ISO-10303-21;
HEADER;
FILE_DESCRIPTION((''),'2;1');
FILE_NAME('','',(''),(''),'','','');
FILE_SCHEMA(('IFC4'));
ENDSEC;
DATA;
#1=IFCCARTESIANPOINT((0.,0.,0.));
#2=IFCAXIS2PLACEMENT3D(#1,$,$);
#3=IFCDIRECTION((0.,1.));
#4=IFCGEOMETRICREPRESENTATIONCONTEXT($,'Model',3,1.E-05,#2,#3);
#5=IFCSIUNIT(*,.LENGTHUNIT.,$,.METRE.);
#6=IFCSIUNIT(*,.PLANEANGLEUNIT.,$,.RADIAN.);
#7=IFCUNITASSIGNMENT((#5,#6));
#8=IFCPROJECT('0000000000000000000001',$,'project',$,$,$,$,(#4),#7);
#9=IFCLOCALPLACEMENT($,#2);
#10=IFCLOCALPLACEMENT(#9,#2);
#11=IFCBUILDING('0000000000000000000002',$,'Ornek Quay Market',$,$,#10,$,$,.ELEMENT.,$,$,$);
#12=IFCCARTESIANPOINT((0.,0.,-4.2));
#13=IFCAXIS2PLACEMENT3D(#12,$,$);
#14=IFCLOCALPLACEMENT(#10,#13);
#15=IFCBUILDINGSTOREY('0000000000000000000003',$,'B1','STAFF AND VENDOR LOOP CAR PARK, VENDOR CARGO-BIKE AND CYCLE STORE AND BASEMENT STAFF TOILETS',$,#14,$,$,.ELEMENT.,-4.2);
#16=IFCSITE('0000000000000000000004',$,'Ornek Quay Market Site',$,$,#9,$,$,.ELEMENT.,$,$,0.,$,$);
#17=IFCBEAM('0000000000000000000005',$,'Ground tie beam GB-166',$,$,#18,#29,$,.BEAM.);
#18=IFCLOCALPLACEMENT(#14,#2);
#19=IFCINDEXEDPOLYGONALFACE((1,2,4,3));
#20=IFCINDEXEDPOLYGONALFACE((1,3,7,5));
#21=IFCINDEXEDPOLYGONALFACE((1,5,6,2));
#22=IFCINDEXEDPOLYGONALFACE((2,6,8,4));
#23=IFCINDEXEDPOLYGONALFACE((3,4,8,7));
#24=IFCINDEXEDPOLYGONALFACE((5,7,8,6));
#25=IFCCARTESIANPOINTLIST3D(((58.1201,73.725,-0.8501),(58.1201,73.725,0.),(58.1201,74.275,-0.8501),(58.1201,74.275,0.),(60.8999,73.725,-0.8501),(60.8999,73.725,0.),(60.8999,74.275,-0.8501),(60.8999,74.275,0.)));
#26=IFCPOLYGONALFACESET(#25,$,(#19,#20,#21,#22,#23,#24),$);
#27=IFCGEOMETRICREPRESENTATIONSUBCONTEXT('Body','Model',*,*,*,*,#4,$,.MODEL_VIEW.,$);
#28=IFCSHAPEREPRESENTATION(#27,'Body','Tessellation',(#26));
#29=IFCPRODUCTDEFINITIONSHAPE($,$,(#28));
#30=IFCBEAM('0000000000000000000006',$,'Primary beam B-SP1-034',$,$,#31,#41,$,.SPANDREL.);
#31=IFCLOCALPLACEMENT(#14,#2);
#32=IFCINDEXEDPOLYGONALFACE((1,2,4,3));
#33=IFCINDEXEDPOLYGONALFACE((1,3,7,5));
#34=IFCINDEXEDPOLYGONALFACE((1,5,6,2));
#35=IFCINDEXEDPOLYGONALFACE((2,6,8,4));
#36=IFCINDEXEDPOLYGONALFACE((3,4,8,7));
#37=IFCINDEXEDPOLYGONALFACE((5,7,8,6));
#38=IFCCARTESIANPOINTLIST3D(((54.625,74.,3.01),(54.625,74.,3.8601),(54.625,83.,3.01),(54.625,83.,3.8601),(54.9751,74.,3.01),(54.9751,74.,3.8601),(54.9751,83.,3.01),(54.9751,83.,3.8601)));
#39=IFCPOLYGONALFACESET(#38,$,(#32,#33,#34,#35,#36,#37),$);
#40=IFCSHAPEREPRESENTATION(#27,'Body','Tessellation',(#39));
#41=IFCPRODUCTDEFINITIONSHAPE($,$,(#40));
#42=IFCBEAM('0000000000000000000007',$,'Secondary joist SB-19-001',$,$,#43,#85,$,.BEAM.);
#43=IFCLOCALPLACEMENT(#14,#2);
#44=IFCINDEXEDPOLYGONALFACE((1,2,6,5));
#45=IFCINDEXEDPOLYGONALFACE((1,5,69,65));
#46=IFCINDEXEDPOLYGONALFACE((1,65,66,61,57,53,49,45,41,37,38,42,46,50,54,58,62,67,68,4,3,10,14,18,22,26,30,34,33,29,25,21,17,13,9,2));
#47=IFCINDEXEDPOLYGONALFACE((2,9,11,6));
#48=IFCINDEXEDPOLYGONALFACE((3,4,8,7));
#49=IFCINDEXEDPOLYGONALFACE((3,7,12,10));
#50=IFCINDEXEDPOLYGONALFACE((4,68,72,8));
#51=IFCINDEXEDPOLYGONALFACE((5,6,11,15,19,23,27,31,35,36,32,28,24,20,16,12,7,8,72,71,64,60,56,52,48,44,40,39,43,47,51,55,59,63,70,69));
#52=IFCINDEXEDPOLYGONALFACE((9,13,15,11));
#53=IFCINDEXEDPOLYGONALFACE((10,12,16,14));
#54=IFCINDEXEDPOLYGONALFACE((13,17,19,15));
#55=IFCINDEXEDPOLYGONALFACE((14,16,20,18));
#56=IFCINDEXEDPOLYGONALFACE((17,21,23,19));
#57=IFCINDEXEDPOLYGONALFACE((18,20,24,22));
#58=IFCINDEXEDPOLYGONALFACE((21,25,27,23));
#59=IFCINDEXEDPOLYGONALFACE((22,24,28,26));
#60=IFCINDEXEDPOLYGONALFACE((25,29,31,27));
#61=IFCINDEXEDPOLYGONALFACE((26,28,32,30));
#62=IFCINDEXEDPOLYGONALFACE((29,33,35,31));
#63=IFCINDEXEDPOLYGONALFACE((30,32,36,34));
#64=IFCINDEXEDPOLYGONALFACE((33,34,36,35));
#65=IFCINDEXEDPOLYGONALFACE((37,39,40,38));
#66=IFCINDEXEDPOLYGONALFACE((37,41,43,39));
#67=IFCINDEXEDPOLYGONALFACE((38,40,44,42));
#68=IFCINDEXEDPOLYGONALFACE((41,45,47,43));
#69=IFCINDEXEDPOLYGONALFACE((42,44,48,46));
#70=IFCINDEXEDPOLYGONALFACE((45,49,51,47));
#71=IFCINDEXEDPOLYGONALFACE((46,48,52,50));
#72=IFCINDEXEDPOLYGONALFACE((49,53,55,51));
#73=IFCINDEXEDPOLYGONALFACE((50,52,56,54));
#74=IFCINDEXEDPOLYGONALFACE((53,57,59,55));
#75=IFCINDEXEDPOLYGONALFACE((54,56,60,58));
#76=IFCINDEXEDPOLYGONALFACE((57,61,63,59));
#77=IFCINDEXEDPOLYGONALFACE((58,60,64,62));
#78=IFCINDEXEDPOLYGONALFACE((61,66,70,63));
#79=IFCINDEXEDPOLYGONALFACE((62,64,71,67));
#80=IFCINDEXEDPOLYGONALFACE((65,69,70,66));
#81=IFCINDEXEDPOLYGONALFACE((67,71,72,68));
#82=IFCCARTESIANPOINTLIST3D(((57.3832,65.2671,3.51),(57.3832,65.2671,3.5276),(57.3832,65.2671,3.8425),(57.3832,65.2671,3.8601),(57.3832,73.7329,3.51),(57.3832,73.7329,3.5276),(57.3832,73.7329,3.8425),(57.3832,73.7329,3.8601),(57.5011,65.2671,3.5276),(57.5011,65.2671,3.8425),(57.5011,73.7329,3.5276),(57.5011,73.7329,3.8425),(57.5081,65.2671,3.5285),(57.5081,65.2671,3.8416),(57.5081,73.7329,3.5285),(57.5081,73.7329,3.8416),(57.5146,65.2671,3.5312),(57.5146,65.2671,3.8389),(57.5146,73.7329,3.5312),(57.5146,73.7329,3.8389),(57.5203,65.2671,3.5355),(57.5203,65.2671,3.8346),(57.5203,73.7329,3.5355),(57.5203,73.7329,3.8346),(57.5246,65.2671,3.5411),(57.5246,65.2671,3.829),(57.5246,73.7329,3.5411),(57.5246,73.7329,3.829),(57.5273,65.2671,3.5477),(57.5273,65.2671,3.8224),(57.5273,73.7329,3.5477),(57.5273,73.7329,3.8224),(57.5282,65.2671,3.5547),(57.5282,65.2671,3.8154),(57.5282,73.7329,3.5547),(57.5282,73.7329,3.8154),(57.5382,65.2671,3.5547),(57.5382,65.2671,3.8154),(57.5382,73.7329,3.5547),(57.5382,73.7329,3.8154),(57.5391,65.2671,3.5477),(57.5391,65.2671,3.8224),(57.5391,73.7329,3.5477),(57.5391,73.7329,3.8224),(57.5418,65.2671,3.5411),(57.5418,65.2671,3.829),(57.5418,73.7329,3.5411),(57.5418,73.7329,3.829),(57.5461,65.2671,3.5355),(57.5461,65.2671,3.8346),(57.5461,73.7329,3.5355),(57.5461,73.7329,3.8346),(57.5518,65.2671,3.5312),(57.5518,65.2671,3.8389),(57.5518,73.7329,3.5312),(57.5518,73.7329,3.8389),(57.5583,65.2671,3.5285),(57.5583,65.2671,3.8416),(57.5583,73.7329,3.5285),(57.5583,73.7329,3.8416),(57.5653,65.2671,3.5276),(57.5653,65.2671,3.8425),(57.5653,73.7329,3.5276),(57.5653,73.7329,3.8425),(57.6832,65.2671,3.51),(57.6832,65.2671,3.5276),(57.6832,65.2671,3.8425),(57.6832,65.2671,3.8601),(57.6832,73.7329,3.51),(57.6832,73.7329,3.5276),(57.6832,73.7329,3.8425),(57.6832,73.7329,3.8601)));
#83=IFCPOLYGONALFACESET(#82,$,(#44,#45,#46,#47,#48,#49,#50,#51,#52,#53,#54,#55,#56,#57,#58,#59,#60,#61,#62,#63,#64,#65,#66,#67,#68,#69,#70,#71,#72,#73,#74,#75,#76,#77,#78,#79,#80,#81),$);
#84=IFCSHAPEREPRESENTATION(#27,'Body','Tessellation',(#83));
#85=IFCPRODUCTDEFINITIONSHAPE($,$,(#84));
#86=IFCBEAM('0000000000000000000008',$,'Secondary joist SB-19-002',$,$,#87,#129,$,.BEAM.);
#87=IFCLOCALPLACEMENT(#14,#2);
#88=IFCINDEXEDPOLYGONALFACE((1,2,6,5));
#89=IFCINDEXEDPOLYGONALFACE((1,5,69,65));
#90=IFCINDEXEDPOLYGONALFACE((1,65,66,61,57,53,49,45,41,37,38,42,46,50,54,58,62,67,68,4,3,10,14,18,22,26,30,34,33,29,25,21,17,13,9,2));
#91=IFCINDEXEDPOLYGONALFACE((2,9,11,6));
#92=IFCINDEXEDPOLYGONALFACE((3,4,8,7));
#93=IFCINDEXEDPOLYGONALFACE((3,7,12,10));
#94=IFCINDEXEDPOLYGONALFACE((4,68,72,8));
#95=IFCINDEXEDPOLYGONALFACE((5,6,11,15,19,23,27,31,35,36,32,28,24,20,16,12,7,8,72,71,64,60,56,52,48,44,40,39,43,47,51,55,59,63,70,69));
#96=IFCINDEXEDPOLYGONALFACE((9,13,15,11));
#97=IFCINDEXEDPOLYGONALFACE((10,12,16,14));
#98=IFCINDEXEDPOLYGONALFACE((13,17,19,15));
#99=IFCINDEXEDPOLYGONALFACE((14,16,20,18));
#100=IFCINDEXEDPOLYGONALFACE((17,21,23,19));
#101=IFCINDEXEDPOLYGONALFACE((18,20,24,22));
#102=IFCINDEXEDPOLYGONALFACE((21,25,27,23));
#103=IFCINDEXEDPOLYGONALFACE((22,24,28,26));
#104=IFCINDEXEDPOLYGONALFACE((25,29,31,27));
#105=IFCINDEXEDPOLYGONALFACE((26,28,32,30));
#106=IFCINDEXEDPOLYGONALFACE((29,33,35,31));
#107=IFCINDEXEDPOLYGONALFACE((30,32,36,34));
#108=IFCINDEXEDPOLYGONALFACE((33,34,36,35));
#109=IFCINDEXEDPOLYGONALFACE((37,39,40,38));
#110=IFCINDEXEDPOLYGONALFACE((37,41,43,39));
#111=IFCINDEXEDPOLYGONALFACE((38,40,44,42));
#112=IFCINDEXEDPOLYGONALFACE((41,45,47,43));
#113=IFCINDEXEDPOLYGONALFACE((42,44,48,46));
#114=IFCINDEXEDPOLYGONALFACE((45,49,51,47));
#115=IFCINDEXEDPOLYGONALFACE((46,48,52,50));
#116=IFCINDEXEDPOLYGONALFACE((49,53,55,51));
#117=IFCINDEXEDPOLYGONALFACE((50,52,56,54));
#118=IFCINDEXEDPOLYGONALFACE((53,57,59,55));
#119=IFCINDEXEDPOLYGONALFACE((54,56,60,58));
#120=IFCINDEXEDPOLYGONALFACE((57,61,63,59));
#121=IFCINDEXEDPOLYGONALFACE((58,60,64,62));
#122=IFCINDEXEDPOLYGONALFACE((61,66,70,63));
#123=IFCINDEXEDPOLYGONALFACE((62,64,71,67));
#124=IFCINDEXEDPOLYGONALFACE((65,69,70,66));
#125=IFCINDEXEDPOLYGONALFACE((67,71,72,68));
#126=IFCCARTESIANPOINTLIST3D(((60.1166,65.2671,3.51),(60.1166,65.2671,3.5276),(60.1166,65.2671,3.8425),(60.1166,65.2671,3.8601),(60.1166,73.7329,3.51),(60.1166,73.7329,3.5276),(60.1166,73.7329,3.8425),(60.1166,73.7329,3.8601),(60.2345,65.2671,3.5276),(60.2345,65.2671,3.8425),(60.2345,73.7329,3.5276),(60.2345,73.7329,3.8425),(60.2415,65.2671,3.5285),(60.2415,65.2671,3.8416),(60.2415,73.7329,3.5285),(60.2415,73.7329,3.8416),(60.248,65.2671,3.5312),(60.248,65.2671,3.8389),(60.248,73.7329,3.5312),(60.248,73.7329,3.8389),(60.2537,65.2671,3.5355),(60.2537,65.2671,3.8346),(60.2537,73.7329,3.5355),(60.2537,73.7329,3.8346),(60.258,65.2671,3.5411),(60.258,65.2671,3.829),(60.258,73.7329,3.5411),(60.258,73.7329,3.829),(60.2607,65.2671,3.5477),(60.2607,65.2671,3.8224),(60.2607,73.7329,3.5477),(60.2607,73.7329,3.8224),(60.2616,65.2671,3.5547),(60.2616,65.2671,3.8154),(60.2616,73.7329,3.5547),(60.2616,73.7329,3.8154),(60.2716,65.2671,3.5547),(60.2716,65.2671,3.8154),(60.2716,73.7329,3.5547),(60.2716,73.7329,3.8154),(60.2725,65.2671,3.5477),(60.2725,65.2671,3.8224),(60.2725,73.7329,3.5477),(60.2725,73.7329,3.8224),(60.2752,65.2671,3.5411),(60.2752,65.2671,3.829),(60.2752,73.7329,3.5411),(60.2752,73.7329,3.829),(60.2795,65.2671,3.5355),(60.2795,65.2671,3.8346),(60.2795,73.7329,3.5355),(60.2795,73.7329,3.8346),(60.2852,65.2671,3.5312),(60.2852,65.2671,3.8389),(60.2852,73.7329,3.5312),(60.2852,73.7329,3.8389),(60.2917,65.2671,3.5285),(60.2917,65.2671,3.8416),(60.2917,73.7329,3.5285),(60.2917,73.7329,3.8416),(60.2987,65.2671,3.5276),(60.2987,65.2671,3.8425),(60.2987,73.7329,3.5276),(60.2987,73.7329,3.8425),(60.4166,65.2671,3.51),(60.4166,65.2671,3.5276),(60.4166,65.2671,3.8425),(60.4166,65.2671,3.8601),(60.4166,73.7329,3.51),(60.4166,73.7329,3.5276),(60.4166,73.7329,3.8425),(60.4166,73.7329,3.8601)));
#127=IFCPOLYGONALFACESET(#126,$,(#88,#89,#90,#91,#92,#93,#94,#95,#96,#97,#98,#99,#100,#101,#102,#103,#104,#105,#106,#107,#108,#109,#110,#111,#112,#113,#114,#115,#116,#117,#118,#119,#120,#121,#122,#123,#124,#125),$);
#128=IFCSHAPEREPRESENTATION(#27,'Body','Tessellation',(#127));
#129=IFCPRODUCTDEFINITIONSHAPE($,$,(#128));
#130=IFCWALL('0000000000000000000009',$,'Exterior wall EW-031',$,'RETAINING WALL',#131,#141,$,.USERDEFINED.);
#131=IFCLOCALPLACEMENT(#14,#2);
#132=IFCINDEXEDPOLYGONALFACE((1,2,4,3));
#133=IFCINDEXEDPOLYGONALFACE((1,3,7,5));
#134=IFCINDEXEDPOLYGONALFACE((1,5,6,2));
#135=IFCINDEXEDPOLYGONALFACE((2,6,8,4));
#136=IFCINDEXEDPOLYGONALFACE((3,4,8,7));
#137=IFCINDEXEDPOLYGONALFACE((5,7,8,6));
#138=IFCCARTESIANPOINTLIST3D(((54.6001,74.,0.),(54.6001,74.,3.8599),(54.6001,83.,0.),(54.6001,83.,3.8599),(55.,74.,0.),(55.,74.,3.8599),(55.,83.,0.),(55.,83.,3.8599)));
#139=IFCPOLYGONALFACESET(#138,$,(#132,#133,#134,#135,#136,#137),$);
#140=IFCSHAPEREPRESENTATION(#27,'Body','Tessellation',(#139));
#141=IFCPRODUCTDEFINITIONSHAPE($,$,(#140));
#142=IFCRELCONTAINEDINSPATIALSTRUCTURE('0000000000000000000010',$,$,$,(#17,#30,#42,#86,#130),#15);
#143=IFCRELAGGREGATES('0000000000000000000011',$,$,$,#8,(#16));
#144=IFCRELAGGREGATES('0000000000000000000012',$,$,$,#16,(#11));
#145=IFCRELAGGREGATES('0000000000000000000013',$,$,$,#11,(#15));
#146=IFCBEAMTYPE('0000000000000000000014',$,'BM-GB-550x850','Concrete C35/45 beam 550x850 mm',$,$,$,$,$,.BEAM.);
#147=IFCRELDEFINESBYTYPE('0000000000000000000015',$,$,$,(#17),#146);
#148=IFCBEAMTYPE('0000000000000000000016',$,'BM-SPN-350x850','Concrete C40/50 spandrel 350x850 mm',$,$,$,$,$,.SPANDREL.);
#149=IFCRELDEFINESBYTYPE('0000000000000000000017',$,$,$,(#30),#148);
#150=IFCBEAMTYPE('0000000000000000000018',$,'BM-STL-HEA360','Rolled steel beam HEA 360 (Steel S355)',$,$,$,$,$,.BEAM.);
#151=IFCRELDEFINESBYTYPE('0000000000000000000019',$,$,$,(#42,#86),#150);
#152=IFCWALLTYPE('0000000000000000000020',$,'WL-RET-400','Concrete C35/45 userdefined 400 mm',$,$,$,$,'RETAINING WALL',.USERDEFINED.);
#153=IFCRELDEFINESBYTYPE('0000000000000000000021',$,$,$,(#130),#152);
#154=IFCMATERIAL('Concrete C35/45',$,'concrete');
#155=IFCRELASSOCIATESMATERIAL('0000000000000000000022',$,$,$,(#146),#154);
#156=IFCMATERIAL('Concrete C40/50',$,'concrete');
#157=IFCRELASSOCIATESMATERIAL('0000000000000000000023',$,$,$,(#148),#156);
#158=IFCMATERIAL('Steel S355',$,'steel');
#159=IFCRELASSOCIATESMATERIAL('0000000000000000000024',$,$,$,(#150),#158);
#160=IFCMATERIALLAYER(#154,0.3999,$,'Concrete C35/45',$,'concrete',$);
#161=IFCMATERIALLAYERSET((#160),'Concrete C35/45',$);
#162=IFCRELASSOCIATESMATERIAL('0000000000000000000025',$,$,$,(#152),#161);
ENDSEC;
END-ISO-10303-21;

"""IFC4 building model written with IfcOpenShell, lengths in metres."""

from ifc_helpers import new_model, si_unit, direction, frame, frame_2d, origin, origin_2d, place, context, subcontext, project, spatial, rectangle, i_section, extrude, material, layer, layer_set, material_profile, profile_set, type_object, element, save


model = new_model("IFC4")

# Units and contexts
model_context = context("Model", 3, precision=1e-05, world=origin(), true_north=direction((0.0, 1.0)))
body_context = subcontext(model_context, "Body", "Model", "MODEL_VIEW")
ifc_project = project(units=[si_unit("LENGTHUNIT", "METRE"), si_unit("PLANEANGLEUNIT", "RADIAN")], contexts=[model_context])

# Site, building, storey
site_placement = place(None, origin())
site = spatial("IfcSite", under=ifc_project, at=site_placement, Name="Ornek Quay Market Site", CompositionType="ELEMENT", RefElevation=0.0)
building_placement = place(site_placement, origin())
building = spatial("IfcBuilding", under=site, at=building_placement, Name="Ornek Quay Market", CompositionType="ELEMENT")
storey_placement = place(building_placement, frame((0.0, 0.0, -4.2)))
storey = spatial("IfcBuildingStorey", under=building, at=storey_placement, Name="B1", Description="STAFF AND VENDOR LOOP CAR PARK, VENDOR CARGO-BIKE AND CYCLE STORE AND BASEMENT STAFF TOILETS", CompositionType="ELEMENT", Elevation=-4.2)

# Shared definitions
ifc_material_1 = material(Name="Concrete C35/45", Category="concrete")

# Shared definitions
ifc_material_2 = material(Name="Concrete C40/50", Category="concrete")

# Beams
ifc_material_profile_1 = material_profile(ifc_material_1, rectangle(XDim=0.55, YDim=0.8501, at=origin_2d()), Name="RC 550x850", Category="concrete")
ifc_profile_set_1 = profile_set([ifc_material_profile_1], Name="Concrete C35/45")
beam_type_1 = type_object("IfcBeamType", Name="BM-GB-550x850", Description="Concrete C35/45 beam 550x850 mm", PredefinedType="BEAM", material=ifc_profile_set_1)
beam_1_placement = place(storey_placement, frame((58.1201, 74.0, -0.425), z_axis=(1.0, 0.0, 0.0), x_axis=(0.0, 1.0, 0.0)))
element("IfcBeam", 1, at=beam_1_placement, inside=storey, type_object=beam_type_1, Name="Ground tie beam GB-166", PredefinedType="BEAM", context=body_context, shape_type="SweptSolid", body=[
    extrude(rectangle(XDim=0.55, YDim=0.8501, at=origin_2d()), origin(), (0.0, 0.0, 1.0), 2.7798),
])
ifc_material_profile_2 = material_profile(ifc_material_2, rectangle(XDim=0.3501, YDim=0.8501, at=origin_2d()), Name="RC 350x850", Category="concrete")
ifc_profile_set_2 = profile_set([ifc_material_profile_2], Name="Concrete C40/50")
beam_type_2 = type_object("IfcBeamType", Name="BM-SPN-350x850", Description="Concrete C40/50 spandrel 350x850 mm", PredefinedType="SPANDREL", material=ifc_profile_set_2)
beam_2_placement = place(storey_placement, frame((54.8, 74.0, 3.4351), z_axis=(0.0, 1.0, 0.0), x_axis=(-1.0, 0.0, 0.0)))
element("IfcBeam", 2, at=beam_2_placement, inside=storey, type_object=beam_type_2, Name="Primary beam B-SP1-034", PredefinedType="SPANDREL", context=body_context, shape_type="SweptSolid", body=[
    extrude(rectangle(XDim=0.3501, YDim=0.8501, at=origin_2d()), origin(), (0.0, 0.0, 1.0), 9.0),
])
ifc_material_3 = material(Name="Steel S355", Category="steel")
ifc_material_profile_3 = material_profile(ifc_material_3, i_section(OverallWidth=0.3, OverallDepth=0.3501, WebThickness=0.01, FlangeThickness=0.0176, FilletRadius=0.0271, at=origin_2d()), Name="HEA 360", Category="steel")
ifc_profile_set_3 = profile_set([ifc_material_profile_3], Name="Steel S355")
beam_type_3 = type_object("IfcBeamType", Name="BM-STL-HEA360", Description="Rolled steel beam HEA 360 (Steel S355)", PredefinedType="BEAM", material=ifc_profile_set_3)
for number, where, z_axis, x_axis, name in (
    (3, (57.5332, 65.2671, 3.6851), (0.0, 1.0, 0.0), (-1.0, 0.0, 0.0), "Secondary joist SB-19-001"),
    (4, (60.2666, 65.2671, 3.6851), (0.0, 1.0, 0.0), (-1.0, 0.0, 0.0), "Secondary joist SB-19-002"),
):
    element("IfcBeam", number, at=place(storey_placement, frame(where, z_axis=z_axis, x_axis=x_axis)), inside=storey, type_object=beam_type_3, Name=name, PredefinedType="BEAM", context=body_context, shape_type="SweptSolid", body=[
        extrude(i_section(OverallWidth=0.3, OverallDepth=0.3501, WebThickness=0.01, FlangeThickness=0.0176, FilletRadius=0.0271, at=origin_2d()), origin(), (0.0, 0.0, 1.0), 8.4658),
    ])

# Wall
ifc_layer = layer(ifc_material_1, 0.3999, Name="Concrete C35/45", Category="concrete")
ifc_layer_set = layer_set([ifc_layer], Name="Concrete C35/45")
wall_type = type_object("IfcWallType", Name="WL-RET-400", Description="Concrete C35/45 userdefined 400 mm", ElementType="RETAINING WALL", PredefinedType="USERDEFINED", material=ifc_layer_set)
wall_placement = place(storey_placement, frame((54.8, 74.0, 0.0), z_axis=(0.0, 0.0, 1.0), x_axis=(0.0, 1.0, 0.0)))
element("IfcWall", 5, at=wall_placement, inside=storey, type_object=wall_type, Name="Exterior wall EW-031", ObjectType="RETAINING WALL", PredefinedType="USERDEFINED", context=body_context, shape_type="SweptSolid", body=[
    extrude(rectangle(XDim=9.0, YDim=0.3999, at=frame_2d((4.5, 0.0))), origin(), (0.0, 0.0, 1.0), 3.8599),
])

save(model, "model.ifc")
